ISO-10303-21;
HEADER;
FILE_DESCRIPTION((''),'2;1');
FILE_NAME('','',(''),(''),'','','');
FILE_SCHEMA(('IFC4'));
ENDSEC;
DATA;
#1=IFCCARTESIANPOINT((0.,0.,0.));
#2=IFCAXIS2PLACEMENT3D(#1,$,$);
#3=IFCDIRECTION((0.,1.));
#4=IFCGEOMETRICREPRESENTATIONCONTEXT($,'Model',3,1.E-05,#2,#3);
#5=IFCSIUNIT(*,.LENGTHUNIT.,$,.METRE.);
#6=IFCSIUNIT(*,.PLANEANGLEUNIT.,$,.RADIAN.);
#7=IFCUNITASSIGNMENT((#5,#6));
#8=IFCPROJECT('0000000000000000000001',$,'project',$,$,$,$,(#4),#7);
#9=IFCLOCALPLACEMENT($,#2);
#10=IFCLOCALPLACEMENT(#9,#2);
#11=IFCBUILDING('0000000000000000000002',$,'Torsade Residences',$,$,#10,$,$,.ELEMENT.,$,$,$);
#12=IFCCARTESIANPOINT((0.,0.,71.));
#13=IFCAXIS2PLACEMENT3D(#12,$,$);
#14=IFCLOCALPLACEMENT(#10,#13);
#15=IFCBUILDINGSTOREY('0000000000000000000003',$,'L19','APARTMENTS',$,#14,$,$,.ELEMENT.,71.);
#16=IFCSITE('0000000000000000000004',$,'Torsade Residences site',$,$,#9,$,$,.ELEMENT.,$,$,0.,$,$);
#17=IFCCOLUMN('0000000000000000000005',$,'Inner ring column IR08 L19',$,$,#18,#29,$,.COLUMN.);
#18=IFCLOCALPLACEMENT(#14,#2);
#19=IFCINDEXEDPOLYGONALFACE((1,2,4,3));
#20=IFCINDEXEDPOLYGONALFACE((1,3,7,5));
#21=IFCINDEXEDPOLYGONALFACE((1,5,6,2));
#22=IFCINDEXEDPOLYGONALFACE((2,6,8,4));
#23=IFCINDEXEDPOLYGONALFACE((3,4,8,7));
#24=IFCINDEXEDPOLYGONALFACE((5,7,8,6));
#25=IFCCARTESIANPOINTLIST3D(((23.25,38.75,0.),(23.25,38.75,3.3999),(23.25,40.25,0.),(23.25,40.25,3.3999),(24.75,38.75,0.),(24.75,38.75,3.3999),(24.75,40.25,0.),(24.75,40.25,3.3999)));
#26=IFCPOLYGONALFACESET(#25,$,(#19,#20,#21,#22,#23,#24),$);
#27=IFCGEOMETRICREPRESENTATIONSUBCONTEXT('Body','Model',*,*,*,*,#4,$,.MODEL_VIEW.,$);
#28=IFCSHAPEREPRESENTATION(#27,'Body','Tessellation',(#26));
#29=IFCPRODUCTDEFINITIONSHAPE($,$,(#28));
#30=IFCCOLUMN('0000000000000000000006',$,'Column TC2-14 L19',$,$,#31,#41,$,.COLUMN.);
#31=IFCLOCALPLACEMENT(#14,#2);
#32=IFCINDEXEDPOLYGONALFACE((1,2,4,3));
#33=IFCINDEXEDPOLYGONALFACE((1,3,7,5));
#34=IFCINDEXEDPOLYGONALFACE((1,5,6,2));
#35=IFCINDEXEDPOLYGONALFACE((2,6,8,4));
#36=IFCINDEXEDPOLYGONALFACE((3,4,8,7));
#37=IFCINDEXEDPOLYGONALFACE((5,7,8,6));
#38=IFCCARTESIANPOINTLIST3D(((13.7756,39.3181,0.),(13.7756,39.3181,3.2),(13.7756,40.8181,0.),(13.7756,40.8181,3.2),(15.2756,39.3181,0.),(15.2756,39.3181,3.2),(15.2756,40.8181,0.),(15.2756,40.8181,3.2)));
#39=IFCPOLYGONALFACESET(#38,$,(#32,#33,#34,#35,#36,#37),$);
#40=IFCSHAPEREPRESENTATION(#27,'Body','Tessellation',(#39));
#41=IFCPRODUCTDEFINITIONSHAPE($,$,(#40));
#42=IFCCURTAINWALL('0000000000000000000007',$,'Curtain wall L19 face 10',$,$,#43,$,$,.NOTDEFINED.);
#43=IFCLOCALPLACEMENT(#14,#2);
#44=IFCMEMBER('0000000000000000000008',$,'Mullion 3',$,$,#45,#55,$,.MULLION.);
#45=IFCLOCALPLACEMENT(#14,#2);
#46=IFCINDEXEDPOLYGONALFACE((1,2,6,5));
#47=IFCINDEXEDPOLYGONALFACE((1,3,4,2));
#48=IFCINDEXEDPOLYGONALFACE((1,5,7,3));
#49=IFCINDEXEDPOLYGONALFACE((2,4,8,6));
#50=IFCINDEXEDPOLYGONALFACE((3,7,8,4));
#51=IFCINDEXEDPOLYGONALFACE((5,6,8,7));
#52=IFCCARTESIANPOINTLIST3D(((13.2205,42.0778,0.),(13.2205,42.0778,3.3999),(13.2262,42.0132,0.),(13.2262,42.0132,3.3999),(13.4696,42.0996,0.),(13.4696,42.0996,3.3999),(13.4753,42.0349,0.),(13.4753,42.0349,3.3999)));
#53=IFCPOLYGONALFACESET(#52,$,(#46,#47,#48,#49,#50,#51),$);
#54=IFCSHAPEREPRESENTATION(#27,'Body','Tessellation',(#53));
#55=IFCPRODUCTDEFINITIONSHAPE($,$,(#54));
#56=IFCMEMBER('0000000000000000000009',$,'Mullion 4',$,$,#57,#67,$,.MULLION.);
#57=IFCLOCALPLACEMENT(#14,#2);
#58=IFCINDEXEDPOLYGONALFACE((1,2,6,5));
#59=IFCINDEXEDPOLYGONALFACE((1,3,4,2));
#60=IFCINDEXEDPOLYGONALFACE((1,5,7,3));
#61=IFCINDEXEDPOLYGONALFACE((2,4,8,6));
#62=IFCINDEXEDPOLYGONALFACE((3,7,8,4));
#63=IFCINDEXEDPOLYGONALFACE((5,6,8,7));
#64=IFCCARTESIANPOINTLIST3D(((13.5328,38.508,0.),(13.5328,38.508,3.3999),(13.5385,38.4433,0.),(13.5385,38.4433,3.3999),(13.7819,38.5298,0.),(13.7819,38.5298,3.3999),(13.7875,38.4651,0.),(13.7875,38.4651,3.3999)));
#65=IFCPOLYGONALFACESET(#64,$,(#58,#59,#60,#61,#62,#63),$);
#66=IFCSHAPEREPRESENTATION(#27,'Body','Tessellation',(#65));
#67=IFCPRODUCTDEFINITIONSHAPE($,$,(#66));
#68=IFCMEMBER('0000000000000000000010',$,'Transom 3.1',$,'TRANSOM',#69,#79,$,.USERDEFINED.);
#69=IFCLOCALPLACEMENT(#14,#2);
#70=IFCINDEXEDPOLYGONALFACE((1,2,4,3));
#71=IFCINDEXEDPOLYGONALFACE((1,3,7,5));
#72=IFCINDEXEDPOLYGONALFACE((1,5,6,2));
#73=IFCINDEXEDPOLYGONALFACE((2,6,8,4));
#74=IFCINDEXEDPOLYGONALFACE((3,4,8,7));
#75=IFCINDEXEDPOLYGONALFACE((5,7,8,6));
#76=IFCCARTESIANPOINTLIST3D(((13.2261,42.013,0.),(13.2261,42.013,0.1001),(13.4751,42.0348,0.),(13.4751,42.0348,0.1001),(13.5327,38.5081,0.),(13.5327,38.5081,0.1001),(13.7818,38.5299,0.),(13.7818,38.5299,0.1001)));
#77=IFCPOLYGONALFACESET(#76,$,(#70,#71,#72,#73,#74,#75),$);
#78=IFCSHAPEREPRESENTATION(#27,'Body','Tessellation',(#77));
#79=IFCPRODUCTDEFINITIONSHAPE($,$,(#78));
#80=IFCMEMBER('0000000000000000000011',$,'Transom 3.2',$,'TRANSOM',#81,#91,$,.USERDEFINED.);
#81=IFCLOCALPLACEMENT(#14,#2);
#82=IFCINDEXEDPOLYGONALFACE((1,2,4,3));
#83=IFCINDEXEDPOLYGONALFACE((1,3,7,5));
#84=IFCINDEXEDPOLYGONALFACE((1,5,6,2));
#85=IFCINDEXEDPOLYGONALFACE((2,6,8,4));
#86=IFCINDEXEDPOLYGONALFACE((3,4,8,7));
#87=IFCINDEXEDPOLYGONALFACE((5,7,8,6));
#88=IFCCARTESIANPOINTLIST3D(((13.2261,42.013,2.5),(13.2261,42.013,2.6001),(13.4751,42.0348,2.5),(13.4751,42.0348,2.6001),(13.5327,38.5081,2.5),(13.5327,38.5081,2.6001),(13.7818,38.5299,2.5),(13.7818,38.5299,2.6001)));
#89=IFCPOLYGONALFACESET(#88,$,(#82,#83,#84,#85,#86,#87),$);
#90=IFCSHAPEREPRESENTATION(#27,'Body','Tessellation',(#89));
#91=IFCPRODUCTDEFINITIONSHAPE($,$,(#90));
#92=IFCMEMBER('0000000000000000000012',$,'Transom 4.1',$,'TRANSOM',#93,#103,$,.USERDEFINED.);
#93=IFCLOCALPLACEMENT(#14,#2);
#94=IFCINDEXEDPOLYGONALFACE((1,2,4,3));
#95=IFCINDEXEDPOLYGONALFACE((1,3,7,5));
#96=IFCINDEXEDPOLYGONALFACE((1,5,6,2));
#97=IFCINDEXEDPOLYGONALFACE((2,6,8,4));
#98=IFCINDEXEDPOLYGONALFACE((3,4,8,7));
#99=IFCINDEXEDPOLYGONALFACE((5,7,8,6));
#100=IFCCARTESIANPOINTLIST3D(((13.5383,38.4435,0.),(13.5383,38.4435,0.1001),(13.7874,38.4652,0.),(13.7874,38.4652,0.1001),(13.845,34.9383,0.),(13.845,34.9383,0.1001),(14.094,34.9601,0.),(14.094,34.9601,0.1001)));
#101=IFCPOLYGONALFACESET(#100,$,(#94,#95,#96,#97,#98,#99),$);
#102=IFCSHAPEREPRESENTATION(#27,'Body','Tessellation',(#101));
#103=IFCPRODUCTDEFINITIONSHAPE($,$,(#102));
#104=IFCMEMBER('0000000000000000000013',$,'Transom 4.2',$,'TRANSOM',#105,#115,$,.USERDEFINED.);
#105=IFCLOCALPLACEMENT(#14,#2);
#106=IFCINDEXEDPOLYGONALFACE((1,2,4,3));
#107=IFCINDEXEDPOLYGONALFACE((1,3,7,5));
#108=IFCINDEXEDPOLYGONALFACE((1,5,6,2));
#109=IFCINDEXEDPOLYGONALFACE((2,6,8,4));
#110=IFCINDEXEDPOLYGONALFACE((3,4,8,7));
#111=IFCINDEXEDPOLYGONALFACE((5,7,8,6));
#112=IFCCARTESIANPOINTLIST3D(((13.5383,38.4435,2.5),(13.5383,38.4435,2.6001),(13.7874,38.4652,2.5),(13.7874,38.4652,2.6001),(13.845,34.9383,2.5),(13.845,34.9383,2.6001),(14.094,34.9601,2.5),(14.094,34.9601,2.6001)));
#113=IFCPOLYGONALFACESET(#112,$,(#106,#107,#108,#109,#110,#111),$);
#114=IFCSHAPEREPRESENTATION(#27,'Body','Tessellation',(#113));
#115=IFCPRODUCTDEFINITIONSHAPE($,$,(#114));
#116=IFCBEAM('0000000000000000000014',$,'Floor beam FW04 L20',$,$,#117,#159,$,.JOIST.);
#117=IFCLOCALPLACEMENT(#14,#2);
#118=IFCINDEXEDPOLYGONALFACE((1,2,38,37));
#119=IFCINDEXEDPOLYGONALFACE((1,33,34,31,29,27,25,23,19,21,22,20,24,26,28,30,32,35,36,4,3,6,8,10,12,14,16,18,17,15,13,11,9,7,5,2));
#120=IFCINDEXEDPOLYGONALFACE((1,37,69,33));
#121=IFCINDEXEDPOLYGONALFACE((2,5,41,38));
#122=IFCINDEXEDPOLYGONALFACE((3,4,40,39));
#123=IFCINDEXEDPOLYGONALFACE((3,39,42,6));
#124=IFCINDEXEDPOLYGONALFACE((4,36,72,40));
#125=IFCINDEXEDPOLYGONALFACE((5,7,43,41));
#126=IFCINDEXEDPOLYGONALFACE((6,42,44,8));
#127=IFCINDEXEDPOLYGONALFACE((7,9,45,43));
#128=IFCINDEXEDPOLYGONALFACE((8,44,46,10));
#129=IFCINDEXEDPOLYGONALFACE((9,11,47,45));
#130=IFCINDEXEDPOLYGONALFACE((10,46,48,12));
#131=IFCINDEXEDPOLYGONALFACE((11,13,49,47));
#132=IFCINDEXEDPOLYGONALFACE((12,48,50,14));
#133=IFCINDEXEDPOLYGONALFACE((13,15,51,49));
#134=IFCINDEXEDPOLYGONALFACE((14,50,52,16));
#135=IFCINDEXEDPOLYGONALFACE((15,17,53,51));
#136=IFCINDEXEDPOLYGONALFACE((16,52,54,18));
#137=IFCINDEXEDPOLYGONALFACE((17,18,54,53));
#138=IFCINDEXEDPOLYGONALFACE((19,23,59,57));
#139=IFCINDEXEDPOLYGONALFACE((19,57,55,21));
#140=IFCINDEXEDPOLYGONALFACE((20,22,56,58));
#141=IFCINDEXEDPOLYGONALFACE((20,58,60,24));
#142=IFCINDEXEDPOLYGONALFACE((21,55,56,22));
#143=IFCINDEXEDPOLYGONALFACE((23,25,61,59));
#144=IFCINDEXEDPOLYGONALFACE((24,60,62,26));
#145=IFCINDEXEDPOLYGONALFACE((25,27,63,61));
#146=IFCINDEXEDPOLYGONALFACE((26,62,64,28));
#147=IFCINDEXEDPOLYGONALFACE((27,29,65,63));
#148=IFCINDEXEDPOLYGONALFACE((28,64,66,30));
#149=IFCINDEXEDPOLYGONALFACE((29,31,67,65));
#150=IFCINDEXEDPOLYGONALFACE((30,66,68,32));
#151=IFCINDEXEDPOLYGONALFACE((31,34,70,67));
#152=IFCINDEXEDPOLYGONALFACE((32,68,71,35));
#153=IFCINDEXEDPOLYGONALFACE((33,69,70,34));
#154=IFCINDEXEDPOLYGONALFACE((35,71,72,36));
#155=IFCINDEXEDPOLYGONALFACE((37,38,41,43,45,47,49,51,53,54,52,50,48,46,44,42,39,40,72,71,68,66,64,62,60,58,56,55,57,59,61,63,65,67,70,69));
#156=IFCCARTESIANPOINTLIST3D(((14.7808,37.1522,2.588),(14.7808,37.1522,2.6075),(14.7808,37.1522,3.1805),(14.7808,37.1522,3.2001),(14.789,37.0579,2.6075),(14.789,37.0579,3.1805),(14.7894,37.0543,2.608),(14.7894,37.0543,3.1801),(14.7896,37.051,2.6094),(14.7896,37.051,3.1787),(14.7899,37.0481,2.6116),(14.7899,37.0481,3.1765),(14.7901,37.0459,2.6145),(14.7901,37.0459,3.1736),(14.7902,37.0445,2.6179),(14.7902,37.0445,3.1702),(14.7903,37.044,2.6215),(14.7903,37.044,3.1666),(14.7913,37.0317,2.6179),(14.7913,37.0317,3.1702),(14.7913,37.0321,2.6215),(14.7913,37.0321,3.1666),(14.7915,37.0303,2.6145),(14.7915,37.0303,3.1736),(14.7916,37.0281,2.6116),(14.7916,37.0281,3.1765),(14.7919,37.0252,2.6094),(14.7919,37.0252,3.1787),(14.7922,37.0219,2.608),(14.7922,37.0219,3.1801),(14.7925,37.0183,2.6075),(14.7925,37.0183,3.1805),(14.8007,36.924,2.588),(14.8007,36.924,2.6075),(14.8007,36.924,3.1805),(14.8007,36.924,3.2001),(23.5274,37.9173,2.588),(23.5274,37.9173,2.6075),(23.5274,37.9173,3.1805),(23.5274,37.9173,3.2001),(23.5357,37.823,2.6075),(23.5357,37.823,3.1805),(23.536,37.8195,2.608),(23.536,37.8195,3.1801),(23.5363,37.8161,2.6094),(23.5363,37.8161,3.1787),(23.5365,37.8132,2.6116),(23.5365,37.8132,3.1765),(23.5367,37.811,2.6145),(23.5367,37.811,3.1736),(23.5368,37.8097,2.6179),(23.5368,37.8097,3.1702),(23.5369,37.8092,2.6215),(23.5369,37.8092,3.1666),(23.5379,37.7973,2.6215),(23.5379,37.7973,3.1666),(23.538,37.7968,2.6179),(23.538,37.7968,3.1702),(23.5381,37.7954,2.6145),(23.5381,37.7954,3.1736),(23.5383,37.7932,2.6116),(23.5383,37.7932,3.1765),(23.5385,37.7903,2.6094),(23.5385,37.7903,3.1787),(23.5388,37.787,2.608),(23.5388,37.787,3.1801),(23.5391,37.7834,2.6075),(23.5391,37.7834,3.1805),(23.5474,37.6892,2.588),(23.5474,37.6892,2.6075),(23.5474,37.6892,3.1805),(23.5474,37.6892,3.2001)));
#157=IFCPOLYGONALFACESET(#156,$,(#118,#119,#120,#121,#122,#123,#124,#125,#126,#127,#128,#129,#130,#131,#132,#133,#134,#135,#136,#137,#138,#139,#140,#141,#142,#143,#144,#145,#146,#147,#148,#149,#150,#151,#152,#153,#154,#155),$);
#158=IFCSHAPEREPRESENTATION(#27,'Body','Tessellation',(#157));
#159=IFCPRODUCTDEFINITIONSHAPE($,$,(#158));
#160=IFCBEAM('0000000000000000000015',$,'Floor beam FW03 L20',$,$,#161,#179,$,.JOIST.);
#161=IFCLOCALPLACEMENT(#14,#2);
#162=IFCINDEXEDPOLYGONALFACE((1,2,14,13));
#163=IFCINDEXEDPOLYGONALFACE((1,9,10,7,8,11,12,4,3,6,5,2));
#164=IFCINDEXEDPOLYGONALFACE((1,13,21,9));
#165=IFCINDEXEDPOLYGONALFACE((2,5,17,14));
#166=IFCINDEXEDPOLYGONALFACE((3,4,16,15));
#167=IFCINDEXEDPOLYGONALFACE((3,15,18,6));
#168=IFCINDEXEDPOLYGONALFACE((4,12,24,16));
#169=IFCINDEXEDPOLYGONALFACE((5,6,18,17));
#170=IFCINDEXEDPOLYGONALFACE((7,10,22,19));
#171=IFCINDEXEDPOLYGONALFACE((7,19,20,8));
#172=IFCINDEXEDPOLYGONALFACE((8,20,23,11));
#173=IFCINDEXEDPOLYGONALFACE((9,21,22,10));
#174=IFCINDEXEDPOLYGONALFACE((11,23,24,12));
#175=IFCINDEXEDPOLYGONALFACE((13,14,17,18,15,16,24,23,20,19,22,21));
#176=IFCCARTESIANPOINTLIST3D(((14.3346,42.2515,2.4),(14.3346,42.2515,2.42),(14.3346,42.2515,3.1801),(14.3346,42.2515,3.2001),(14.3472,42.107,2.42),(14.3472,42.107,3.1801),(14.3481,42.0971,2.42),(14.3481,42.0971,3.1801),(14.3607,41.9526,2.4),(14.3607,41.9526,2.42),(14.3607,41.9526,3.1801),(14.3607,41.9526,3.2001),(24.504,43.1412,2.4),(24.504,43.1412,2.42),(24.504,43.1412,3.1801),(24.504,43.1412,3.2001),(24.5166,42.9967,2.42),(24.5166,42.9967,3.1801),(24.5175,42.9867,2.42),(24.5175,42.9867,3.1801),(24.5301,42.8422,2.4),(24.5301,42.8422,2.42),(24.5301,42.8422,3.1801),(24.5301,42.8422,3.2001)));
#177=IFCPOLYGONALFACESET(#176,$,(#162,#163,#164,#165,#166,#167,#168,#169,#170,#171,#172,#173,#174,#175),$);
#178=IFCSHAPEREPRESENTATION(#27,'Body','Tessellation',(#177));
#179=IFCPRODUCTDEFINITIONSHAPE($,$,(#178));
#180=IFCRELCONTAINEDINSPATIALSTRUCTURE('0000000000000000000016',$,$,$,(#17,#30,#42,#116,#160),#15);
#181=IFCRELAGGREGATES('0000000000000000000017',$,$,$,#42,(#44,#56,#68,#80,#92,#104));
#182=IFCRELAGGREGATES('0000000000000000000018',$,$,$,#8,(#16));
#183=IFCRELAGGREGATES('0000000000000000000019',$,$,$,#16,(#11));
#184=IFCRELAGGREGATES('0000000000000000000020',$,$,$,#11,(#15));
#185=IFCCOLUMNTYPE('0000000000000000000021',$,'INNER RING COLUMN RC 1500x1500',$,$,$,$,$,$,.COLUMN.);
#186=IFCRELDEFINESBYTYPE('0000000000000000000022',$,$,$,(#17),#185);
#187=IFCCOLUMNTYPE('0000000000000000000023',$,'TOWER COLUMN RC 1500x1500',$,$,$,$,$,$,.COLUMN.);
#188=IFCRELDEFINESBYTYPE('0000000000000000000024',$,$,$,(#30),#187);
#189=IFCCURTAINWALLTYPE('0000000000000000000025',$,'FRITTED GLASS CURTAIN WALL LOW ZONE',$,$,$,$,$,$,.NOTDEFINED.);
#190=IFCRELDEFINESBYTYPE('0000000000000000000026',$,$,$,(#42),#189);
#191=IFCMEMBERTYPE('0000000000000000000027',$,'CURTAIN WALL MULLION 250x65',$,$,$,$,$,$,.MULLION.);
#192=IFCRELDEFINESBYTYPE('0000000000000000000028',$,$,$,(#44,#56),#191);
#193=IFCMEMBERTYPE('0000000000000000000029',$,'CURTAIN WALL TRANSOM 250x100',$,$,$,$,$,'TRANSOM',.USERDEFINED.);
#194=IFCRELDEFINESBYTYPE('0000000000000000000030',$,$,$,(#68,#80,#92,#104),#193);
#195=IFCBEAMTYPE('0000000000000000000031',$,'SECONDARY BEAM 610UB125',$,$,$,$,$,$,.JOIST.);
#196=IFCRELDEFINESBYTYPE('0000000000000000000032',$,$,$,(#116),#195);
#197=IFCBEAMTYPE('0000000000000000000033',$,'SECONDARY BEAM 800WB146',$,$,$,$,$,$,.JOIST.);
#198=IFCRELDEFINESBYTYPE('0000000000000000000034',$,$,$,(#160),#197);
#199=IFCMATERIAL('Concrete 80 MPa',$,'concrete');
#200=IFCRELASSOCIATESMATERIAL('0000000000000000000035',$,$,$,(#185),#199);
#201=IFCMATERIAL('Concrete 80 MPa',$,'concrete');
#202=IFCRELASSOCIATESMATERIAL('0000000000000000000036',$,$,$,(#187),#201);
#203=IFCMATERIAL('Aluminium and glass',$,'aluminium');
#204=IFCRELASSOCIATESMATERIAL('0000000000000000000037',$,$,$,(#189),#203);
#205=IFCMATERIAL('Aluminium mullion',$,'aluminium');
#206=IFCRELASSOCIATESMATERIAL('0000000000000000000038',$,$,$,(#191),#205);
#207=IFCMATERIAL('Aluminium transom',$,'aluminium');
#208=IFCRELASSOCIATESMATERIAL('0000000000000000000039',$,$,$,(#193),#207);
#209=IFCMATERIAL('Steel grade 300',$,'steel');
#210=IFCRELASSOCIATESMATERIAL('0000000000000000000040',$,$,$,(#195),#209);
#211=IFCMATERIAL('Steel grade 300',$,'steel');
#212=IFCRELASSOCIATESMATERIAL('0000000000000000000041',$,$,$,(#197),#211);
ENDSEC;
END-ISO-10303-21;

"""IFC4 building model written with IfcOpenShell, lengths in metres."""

from ifc_helpers import new_model, si_unit, direction, frame, origin, origin_2d, place, context, subcontext, project, spatial, rectangle, i_section, extrude, material, material_profile, profile_set, type_object, element, aggregate, save


model = new_model("IFC4")

# Units and contexts
model_context = context("Model", 3, precision=1e-05, world=origin(), true_north=direction((0.0, 1.0)))
body_context = subcontext(model_context, "Body", "Model", "MODEL_VIEW")
ifc_project = project(units=[si_unit("LENGTHUNIT", "METRE"), si_unit("PLANEANGLEUNIT", "RADIAN")], contexts=[model_context])

# Site, building, storey
site_placement = place(None, origin())
site = spatial("IfcSite", under=ifc_project, at=site_placement, Name="Torsade Residences site", CompositionType="ELEMENT", RefElevation=0.0)
building_placement = place(site_placement, origin())
building = spatial("IfcBuilding", under=site, at=building_placement, Name="Torsade Residences", CompositionType="ELEMENT")
storey_placement = place(building_placement, frame((0.0, 0.0, 71.0)))
storey = spatial("IfcBuildingStorey", under=building, at=storey_placement, Name="L19", Description="APARTMENTS", CompositionType="ELEMENT", Elevation=71.0)

# Columns
ifc_material_1 = material(Name="Concrete 80 MPa", Category="concrete")
ifc_material_profile_1 = material_profile(ifc_material_1, rectangle(XDim=1.5, YDim=1.5, at=origin_2d()), Name="RC 1500x1500")
ifc_profile_set_1 = profile_set([ifc_material_profile_1], Name="Concrete 80 MPa")
column_type_1 = type_object("IfcColumnType", Name="INNER RING COLUMN RC 1500x1500", PredefinedType="COLUMN", material=ifc_profile_set_1)
column_1_placement = place(storey_placement, frame((24.0, 39.5, 0.0), z_axis=(0.0, 0.0, 1.0), x_axis=(1.0, 0.0, 0.0)))
element("IfcColumn", 1, at=column_1_placement, inside=storey, type_object=column_type_1, Name="Inner ring column IR08 L19", PredefinedType="COLUMN", context=body_context, shape_type="SweptSolid", body=[
    extrude(rectangle(XDim=1.5, YDim=1.5, at=origin_2d()), origin(), (0.0, 0.0, 1.0), 3.3999),
])
ifc_material_2 = material(Name="Concrete 80 MPa", Category="concrete")
ifc_material_profile_2 = material_profile(ifc_material_2, rectangle(XDim=1.5, YDim=1.5, at=origin_2d()), Name="RC 1500x1500")
ifc_profile_set_2 = profile_set([ifc_material_profile_2], Name="Concrete 80 MPa")
column_type_2 = type_object("IfcColumnType", Name="TOWER COLUMN RC 1500x1500", PredefinedType="COLUMN", material=ifc_profile_set_2)
column_2_placement = place(storey_placement, frame((14.5256, 40.0681, 0.0), z_axis=(0.0, 0.0, 1.0), x_axis=(1.0, 0.0, 0.0)))
element("IfcColumn", 2, at=column_2_placement, inside=storey, type_object=column_type_2, Name="Column TC2-14 L19", PredefinedType="COLUMN", context=body_context, shape_type="SweptSolid", body=[
    extrude(rectangle(XDim=1.5, YDim=1.5, at=origin_2d()), origin(), (0.0, 0.0, 1.0), 3.2),
])

# Curtain wall, members
ifc_material_3 = material(Name="Aluminium and glass", Category="aluminium")
curtain_wall_type = type_object("IfcCurtainWallType", Name="FRITTED GLASS CURTAIN WALL LOW ZONE", PredefinedType="NOTDEFINED", material=ifc_material_3)
curtain_wall_placement = place(storey_placement, origin())
curtain_wall = element("IfcCurtainWall", 3, at=curtain_wall_placement, inside=storey, type_object=curtain_wall_type, Name="Curtain wall L19 face 10", PredefinedType="NOTDEFINED")
ifc_material_4 = material(Name="Aluminium mullion", Category="aluminium")
ifc_material_profile_3 = material_profile(ifc_material_4, rectangle(XDim=0.25, YDim=0.0649, at=origin_2d()), Name="CURTAIN WALL MULLION 250x65")
ifc_profile_set_3 = profile_set([ifc_material_profile_3], Name="Aluminium mullion")
member_type_1 = type_object("IfcMemberType", Name="CURTAIN WALL MULLION 250x65", PredefinedType="MULLION", material=ifc_profile_set_3)
member_1_placement = place(storey_placement, frame((13.3479, 42.0564, 0.0), z_axis=(0.0, 0.0, 1.0), x_axis=(0.996195, 0.087156, 0.0)))
member_1 = element("IfcMember", 4, at=member_1_placement, type_object=member_type_1, Name="Mullion 3", PredefinedType="MULLION", context=body_context, shape_type="SweptSolid", body=[
    extrude(rectangle(XDim=0.25, YDim=0.0649, at=origin_2d()), origin(), (0.0, 0.0, 1.0), 3.3999),
])
member_2_placement = place(storey_placement, frame((13.6602, 38.4866, 0.0), z_axis=(0.0, 0.0, 1.0), x_axis=(0.996195, 0.087156, 0.0)))
member_2 = element("IfcMember", 5, at=member_2_placement, type_object=member_type_1, Name="Mullion 4", PredefinedType="MULLION", context=body_context, shape_type="SweptSolid", body=[
    extrude(rectangle(XDim=0.25, YDim=0.0649, at=origin_2d()), origin(), (0.0, 0.0, 1.0), 3.3999),
])
ifc_material_5 = material(Name="Aluminium transom", Category="aluminium")
ifc_material_profile_4 = material_profile(ifc_material_5, rectangle(XDim=0.25, YDim=0.1001, at=origin_2d()), Name="CURTAIN WALL TRANSOM 250x100")
ifc_profile_set_4 = profile_set([ifc_material_profile_4], Name="Aluminium transom")
member_type_2 = type_object("IfcMemberType", Name="CURTAIN WALL TRANSOM 250x100", ElementType="TRANSOM", PredefinedType="USERDEFINED", material=ifc_profile_set_4)
member_3_placement = place(storey_placement, frame((13.3506, 42.0239, 0.05), z_axis=(0.087157, -0.996195, 0.0), x_axis=(0.996195, 0.087157, 0.0)))
member_3 = element("IfcMember", 6, at=member_3_placement, type_object=member_type_2, Name="Transom 3.1", ObjectType="TRANSOM", PredefinedType="USERDEFINED", context=body_context, shape_type="SweptSolid", body=[
    extrude(rectangle(XDim=0.25, YDim=0.1001, at=origin_2d()), origin(), (0.0, 0.0, 1.0), 3.5183),
])
member_4_placement = place(storey_placement, frame((13.3506, 42.0239, 2.55), z_axis=(0.087157, -0.996195, 0.0), x_axis=(0.996195, 0.087157, 0.0)))
member_4 = element("IfcMember", 7, at=member_4_placement, type_object=member_type_2, Name="Transom 3.2", ObjectType="TRANSOM", PredefinedType="USERDEFINED", context=body_context, shape_type="SweptSolid", body=[
    extrude(rectangle(XDim=0.25, YDim=0.1001, at=origin_2d()), origin(), (0.0, 0.0, 1.0), 3.5183),
])
member_5_placement = place(storey_placement, frame((13.6628, 38.4543, 0.05), z_axis=(0.087151, -0.996195, 0.0), x_axis=(0.996195, 0.087151, 0.0)))
member_5 = element("IfcMember", 8, at=member_5_placement, type_object=member_type_2, Name="Transom 4.1", ObjectType="TRANSOM", PredefinedType="USERDEFINED", context=body_context, shape_type="SweptSolid", body=[
    extrude(rectangle(XDim=0.25, YDim=0.1001, at=origin_2d()), origin(), (0.0, 0.0, 1.0), 3.5186),
])
member_6_placement = place(storey_placement, frame((13.6628, 38.4543, 2.55), z_axis=(0.087151, -0.996195, 0.0), x_axis=(0.996195, 0.087151, 0.0)))
member_6 = element("IfcMember", 9, at=member_6_placement, type_object=member_type_2, Name="Transom 4.2", ObjectType="TRANSOM", PredefinedType="USERDEFINED", context=body_context, shape_type="SweptSolid", body=[
    extrude(rectangle(XDim=0.25, YDim=0.1001, at=origin_2d()), origin(), (0.0, 0.0, 1.0), 3.5186),
])

# Beams
ifc_material_6 = material(Name="Steel grade 300", Category="steel")
ifc_material_profile_5 = material_profile(ifc_material_6, i_section(OverallWidth=0.229, OverallDepth=0.6121, WebThickness=0.012, FlangeThickness=0.0195, FilletRadius=0.0139, at=origin_2d()), Name="610UB125")
ifc_profile_set_5 = profile_set([ifc_material_profile_5], Name="Steel grade 300")
beam_type_1 = type_object("IfcBeamType", Name="SECONDARY BEAM 610UB125", PredefinedType="JOIST", material=ifc_profile_set_5)
beam_1_placement = place(storey_placement, frame((14.7908, 37.0381, 2.894), z_axis=(0.996196, 0.087146, 0.0), x_axis=(-0.087146, 0.996196, 0.0)))
element("IfcBeam", 10, at=beam_1_placement, inside=storey, type_object=beam_type_1, Name="Floor beam FW04 L20", PredefinedType="JOIST", context=body_context, shape_type="SweptSolid", body=[
    extrude(i_section(OverallWidth=0.229, OverallDepth=0.6121, WebThickness=0.012, FlangeThickness=0.0195, FilletRadius=0.0139, at=origin_2d()), origin(), (0.0, 0.0, 1.0), 8.78),
])
ifc_material_7 = material(Name="Steel grade 300", Category="steel")
ifc_material_profile_6 = material_profile(ifc_material_7, i_section(OverallWidth=0.3, OverallDepth=0.8, WebThickness=0.01, FlangeThickness=0.02, at=origin_2d()), Name="800WB146")
ifc_profile_set_6 = profile_set([ifc_material_profile_6], Name="Steel grade 300")
beam_type_2 = type_object("IfcBeamType", Name="SECONDARY BEAM 800WB146", PredefinedType="JOIST", material=ifc_profile_set_6)
beam_2_placement = place(storey_placement, frame((14.3477, 42.1021, 2.8), z_axis=(0.996195, 0.08715, 0.0), x_axis=(-0.08715, 0.996195, 0.0)))
element("IfcBeam", 11, at=beam_2_placement, inside=storey, type_object=beam_type_2, Name="Floor beam FW03 L20", PredefinedType="JOIST", context=body_context, shape_type="SweptSolid", body=[
    extrude(i_section(OverallWidth=0.3, OverallDepth=0.8, WebThickness=0.01, FlangeThickness=0.02, at=origin_2d()), origin(), (0.0, 0.0, 1.0), 10.2083),
])

aggregate(curtain_wall, [member_1, member_2, member_3, member_4, member_5, member_6])

save(model, "model.ifc")
